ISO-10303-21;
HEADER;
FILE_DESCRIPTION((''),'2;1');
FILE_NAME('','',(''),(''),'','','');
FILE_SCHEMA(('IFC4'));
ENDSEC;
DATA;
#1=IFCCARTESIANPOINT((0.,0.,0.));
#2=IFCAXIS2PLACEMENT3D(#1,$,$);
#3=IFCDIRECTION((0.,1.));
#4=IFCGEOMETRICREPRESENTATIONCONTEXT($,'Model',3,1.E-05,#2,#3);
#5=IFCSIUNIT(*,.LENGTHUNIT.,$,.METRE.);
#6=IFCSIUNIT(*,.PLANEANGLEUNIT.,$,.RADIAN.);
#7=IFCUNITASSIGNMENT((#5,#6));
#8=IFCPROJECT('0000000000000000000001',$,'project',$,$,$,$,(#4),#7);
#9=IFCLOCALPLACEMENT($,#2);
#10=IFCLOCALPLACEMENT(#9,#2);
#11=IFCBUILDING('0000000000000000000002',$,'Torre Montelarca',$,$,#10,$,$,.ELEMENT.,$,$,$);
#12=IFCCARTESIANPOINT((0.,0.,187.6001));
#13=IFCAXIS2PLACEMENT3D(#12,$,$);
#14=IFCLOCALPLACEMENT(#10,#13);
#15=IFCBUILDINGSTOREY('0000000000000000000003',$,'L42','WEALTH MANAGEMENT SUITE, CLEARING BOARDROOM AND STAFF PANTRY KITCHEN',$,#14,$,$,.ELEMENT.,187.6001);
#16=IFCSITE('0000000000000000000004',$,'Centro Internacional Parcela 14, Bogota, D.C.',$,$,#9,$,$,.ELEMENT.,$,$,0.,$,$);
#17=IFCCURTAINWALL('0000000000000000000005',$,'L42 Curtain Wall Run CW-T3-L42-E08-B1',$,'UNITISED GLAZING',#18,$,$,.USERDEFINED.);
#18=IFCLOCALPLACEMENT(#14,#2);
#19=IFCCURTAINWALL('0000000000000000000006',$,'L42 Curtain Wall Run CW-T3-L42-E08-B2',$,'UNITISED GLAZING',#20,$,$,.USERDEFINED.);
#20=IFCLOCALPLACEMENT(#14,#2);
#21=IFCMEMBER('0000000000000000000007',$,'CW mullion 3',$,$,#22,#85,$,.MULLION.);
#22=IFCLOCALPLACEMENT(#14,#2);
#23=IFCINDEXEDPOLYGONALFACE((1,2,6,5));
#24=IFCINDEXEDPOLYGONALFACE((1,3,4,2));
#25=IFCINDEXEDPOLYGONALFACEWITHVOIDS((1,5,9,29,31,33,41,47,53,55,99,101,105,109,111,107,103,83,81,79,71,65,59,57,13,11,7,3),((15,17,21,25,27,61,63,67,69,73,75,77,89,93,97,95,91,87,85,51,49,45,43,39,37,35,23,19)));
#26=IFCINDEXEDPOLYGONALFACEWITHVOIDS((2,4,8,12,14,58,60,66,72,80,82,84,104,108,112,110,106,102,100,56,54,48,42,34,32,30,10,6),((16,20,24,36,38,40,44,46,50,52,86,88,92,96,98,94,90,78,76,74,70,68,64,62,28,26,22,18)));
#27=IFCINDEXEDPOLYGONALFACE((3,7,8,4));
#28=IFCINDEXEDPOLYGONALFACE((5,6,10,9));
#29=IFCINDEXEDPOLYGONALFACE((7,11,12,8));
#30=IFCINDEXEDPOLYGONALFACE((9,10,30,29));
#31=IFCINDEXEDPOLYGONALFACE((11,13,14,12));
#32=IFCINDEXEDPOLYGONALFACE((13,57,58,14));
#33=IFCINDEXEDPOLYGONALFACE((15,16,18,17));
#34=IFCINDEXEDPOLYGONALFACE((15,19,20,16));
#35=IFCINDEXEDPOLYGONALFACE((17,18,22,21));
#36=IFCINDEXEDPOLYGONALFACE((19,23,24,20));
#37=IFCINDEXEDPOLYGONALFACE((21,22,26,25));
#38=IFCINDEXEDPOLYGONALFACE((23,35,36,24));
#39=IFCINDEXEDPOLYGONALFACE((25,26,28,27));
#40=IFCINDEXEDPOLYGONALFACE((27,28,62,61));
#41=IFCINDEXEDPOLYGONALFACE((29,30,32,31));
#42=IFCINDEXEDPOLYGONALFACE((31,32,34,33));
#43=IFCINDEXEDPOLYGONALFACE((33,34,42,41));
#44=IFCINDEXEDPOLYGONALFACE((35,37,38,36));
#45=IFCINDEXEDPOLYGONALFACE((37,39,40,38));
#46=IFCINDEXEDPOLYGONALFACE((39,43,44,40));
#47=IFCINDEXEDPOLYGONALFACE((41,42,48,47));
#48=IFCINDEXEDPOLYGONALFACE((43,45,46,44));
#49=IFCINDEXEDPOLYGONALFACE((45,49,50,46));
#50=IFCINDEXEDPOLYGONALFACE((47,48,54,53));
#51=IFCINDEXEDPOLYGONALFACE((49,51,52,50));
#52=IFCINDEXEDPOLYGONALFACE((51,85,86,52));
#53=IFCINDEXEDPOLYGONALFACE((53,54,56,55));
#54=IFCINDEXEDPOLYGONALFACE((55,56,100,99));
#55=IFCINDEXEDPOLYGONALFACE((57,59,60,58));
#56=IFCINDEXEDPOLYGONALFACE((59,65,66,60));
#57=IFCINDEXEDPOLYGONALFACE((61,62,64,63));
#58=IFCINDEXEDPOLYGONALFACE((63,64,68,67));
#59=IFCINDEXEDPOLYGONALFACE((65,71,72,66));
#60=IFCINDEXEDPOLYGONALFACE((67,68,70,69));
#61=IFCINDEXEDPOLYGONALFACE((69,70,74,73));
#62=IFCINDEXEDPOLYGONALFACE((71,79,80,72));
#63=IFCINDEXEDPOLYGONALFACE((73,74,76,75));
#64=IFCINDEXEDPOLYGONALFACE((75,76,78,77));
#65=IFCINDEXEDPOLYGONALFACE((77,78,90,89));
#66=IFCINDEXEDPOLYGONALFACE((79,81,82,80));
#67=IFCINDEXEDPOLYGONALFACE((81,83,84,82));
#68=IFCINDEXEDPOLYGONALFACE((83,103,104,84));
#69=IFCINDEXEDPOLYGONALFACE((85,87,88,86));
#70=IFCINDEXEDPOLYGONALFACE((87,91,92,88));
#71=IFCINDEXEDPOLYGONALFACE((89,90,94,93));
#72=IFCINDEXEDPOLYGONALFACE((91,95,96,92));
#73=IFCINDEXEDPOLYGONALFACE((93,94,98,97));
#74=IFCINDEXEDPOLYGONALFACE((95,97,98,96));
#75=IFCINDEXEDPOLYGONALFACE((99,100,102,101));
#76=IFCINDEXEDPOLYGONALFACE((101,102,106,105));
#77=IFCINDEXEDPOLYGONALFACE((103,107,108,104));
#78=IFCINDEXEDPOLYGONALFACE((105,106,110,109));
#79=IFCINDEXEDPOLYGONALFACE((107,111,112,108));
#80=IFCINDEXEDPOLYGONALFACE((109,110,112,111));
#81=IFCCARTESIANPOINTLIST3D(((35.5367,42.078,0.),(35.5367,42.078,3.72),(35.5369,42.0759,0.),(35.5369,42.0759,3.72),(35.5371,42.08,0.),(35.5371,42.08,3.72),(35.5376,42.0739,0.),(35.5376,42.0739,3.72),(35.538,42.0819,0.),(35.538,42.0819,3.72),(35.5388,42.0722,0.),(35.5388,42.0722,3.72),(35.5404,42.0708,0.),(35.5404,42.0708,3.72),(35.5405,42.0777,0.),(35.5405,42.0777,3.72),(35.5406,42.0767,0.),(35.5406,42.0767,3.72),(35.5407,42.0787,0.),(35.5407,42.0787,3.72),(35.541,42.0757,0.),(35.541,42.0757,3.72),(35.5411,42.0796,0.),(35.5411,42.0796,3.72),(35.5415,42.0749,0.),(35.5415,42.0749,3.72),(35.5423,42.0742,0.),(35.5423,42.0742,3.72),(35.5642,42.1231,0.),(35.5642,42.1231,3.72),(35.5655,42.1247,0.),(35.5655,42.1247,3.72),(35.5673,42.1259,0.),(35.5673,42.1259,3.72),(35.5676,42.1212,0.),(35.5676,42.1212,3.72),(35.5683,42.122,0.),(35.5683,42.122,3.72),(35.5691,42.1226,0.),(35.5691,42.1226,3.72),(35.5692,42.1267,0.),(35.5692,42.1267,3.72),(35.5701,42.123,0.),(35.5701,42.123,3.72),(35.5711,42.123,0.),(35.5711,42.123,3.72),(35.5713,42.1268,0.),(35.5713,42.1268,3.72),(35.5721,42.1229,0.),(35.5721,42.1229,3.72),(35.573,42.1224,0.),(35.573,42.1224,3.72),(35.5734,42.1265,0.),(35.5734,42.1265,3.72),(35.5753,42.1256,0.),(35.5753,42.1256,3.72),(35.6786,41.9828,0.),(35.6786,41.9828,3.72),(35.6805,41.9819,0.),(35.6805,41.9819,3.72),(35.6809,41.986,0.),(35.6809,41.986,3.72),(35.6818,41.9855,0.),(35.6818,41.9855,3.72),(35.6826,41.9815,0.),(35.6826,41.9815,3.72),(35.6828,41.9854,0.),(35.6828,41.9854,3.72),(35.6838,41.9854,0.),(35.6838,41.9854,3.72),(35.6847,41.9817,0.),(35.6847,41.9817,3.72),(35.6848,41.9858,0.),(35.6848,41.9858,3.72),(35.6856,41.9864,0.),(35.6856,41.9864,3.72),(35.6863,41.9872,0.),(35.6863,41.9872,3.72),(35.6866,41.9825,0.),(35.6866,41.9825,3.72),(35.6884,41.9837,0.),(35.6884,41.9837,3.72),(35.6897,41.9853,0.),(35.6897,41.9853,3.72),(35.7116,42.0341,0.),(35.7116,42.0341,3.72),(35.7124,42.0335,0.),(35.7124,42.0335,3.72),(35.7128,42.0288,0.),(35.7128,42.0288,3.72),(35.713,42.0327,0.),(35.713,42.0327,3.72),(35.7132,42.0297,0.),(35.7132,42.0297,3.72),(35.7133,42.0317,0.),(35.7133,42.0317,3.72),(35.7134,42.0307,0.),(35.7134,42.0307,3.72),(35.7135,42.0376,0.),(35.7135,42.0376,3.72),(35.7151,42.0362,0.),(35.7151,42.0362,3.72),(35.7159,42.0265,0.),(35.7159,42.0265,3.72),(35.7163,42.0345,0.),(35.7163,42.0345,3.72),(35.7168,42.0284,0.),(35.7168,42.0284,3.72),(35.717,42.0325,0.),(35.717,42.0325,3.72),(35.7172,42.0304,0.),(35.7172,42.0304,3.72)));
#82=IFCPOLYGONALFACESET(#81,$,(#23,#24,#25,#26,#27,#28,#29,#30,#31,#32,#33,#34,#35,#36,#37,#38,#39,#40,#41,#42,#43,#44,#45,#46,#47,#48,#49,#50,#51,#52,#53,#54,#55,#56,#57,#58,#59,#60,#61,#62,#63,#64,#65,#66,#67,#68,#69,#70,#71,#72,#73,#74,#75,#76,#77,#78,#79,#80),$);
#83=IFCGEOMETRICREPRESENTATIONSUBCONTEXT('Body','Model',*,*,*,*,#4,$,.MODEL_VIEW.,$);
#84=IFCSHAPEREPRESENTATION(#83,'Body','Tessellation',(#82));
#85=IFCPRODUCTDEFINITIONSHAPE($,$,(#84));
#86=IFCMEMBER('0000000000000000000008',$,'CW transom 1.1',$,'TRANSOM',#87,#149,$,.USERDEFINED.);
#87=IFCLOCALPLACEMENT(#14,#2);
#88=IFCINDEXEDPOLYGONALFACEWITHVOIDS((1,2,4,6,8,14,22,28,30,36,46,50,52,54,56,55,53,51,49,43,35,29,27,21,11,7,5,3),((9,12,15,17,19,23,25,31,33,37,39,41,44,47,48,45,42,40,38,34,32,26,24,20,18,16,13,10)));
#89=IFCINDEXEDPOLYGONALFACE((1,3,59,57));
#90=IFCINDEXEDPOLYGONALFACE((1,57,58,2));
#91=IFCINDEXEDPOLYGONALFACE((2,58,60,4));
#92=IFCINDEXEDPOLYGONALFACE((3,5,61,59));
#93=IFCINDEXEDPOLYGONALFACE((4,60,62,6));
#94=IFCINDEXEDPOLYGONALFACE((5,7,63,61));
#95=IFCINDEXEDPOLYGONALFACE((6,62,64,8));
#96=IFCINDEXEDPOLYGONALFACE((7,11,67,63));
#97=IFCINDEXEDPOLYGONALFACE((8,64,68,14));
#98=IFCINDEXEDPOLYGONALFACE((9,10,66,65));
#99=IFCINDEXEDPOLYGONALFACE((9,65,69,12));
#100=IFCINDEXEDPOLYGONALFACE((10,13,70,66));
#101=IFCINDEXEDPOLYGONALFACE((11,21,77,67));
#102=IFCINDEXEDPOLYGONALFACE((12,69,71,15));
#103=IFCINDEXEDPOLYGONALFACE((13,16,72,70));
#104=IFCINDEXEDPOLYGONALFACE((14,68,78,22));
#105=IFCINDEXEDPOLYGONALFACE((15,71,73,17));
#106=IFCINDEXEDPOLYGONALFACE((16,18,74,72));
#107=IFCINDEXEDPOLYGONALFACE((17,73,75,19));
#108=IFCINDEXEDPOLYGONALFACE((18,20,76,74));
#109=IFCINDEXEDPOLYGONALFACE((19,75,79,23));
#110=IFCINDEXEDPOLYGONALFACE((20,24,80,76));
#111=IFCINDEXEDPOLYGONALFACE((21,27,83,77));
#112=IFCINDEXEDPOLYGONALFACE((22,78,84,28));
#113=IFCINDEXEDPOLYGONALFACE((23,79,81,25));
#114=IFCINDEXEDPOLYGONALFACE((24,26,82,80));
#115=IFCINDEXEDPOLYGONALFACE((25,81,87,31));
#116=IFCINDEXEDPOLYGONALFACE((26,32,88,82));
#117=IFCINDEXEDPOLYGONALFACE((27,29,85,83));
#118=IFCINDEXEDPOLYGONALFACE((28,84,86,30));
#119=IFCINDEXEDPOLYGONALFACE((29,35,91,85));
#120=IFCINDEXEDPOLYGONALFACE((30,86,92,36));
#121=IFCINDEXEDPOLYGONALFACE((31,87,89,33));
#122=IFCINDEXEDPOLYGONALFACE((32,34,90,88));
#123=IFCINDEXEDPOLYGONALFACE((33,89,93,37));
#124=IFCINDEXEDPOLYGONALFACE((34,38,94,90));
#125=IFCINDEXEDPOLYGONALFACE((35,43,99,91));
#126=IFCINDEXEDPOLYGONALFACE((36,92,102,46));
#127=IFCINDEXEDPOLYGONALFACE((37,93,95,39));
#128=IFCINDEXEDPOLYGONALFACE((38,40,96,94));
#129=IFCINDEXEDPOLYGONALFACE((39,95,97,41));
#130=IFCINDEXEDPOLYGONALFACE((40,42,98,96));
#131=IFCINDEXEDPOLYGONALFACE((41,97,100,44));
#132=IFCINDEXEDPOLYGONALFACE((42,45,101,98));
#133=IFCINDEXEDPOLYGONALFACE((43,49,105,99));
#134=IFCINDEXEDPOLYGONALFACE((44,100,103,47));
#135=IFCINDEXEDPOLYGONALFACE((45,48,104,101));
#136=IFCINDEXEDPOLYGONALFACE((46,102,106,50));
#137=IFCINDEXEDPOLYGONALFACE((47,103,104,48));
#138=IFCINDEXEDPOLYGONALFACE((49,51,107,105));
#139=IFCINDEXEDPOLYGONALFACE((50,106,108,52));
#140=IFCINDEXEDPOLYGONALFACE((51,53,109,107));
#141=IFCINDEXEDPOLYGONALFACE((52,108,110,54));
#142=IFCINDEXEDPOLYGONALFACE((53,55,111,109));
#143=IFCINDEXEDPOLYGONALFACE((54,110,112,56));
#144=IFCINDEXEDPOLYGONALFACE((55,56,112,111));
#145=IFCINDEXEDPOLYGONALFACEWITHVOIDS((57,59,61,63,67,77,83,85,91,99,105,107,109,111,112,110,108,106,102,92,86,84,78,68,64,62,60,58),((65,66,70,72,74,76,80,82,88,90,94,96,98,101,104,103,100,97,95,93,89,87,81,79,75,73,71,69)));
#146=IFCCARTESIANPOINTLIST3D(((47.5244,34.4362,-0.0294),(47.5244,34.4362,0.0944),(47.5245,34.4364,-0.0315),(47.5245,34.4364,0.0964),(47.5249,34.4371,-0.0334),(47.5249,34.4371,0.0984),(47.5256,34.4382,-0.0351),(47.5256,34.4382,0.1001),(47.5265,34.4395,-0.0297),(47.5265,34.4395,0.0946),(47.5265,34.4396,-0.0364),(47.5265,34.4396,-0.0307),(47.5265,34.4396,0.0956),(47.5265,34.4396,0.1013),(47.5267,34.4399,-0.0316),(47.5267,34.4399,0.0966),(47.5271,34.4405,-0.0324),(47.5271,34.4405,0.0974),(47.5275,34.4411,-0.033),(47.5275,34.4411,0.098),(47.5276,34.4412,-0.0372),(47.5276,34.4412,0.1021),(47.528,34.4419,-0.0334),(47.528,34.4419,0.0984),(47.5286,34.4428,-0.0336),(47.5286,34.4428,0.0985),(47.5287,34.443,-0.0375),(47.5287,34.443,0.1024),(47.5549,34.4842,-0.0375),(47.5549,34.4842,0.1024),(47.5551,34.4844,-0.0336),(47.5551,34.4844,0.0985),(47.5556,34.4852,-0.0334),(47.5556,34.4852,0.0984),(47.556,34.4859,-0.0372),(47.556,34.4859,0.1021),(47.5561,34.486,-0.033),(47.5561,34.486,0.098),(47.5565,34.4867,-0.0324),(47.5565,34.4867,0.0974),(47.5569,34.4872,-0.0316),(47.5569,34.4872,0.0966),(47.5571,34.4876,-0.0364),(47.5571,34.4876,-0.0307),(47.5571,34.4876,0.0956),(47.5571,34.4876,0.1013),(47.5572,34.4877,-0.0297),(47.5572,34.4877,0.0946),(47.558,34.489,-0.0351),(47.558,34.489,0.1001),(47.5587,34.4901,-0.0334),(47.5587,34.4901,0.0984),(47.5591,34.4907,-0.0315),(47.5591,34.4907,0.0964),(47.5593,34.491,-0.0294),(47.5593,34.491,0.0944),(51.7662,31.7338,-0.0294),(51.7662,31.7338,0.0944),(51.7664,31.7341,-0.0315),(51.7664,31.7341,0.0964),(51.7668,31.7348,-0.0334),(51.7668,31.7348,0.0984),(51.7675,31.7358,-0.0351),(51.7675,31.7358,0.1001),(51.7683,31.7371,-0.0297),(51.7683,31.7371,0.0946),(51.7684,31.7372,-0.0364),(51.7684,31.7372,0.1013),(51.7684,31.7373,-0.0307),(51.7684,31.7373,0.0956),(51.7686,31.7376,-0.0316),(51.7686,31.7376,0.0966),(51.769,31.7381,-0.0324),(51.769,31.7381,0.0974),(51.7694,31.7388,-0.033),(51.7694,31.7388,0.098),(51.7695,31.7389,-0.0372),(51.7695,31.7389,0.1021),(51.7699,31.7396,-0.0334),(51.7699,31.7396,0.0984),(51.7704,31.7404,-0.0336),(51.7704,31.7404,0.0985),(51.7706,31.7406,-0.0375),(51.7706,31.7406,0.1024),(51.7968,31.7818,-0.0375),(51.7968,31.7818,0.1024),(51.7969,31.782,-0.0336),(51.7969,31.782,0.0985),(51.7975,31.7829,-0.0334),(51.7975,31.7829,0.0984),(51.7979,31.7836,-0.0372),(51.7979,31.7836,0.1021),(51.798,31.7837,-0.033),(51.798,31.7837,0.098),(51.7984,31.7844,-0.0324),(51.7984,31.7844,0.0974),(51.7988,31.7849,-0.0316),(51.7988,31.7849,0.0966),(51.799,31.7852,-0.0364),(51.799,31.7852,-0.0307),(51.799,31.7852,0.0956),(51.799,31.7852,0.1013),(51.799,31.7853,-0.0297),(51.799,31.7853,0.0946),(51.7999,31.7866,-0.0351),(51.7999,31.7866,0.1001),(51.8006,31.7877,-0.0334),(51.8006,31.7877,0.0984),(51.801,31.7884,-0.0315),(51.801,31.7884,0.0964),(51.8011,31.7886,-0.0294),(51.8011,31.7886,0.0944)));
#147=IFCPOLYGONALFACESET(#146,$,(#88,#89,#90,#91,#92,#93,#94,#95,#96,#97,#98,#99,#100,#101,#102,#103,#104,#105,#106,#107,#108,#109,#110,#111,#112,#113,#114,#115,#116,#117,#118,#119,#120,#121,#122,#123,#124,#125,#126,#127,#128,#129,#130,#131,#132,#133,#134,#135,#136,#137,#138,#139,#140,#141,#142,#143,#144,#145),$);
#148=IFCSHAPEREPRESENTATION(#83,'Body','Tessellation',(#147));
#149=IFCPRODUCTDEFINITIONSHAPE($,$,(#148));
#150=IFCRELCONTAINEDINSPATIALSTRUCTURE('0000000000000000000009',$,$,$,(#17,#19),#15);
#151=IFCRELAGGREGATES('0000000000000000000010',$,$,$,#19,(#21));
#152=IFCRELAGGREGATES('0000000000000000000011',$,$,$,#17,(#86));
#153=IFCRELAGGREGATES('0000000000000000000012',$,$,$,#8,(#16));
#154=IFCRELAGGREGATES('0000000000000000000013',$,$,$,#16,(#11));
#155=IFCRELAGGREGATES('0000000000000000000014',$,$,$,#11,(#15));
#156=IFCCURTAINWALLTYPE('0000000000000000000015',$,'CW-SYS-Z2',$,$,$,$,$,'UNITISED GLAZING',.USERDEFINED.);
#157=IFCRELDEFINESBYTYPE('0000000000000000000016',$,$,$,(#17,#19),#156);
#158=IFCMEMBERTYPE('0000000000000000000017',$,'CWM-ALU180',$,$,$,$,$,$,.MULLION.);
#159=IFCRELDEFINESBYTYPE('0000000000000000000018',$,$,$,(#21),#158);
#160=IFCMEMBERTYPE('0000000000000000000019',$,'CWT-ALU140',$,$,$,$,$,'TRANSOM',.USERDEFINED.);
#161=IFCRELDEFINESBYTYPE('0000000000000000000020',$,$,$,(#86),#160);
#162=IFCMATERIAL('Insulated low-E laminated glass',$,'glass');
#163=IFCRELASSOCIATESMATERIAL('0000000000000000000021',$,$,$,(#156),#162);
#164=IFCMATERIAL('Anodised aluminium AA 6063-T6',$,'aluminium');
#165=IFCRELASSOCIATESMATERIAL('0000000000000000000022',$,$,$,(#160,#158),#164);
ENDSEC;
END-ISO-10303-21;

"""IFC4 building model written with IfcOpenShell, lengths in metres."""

from ifc_helpers import new_model, si_unit, direction, frame, origin, origin_2d, place, context, subcontext, project, spatial, hollow_rectangle, extrude, source, transform, mapped, material, material_profile, profile_set, type_object, element, aggregate, save


model = new_model("IFC4")

# Units and contexts
model_context = context("Model", 3, precision=1e-05, world=origin(), true_north=direction((0.0, 1.0)))
body_context = subcontext(model_context, "Body", "Model", "MODEL_VIEW")
ifc_project = project(units=[si_unit("LENGTHUNIT", "METRE"), si_unit("PLANEANGLEUNIT", "RADIAN")], contexts=[model_context])

# Site, building, storey
site_placement = place(None, origin())
site = spatial("IfcSite", under=ifc_project, at=site_placement, Name="Centro Internacional Parcela 14, Bogota, D.C.", CompositionType="ELEMENT", RefElevation=0.0)
building_placement = place(site_placement, origin())
building = spatial("IfcBuilding", under=site, at=building_placement, Name="Torre Montelarca", CompositionType="ELEMENT")
storey_placement = place(building_placement, frame((0.0, 0.0, 187.6001)))
storey = spatial("IfcBuildingStorey", under=building, at=storey_placement, Name="L42", Description="WEALTH MANAGEMENT SUITE, CLEARING BOARDROOM AND STAFF PANTRY KITCHEN", CompositionType="ELEMENT", Elevation=187.6001)

# Curtain walls, member
ifc_material_1 = material(Name="Insulated low-E laminated glass", Category="glass")
curtain_wall_type = type_object("IfcCurtainWallType", Name="CW-SYS-Z2", ElementType="UNITISED GLAZING", PredefinedType="USERDEFINED", material=ifc_material_1)
ifc_material_2 = material(Name="Anodised aluminium AA 6063-T6", Category="aluminium")
ifc_material_profile_1 = material_profile(ifc_material_2, hollow_rectangle(XDim=0.0649, YDim=0.1399, WallThickness=0.0039, InnerFilletRadius=0.0039, OuterFilletRadius=0.0081, at=origin_2d()), Name="ALU65X140X4", Category="aluminium")
ifc_profile_set_1 = profile_set([ifc_material_profile_1], Name="Anodised aluminium AA 6063-T6")
member_type_1 = type_object("IfcMemberType", Name="CWT-ALU140", ElementType="TRANSOM", PredefinedType="USERDEFINED", material=ifc_profile_set_1)
ifc_material_profile_2 = material_profile(ifc_material_2, hollow_rectangle(XDim=0.0649, YDim=0.1799, WallThickness=0.0039, InnerFilletRadius=0.0039, OuterFilletRadius=0.0081, at=origin_2d()), Name="ALU65X180X4", Category="aluminium")
ifc_profile_set_2 = profile_set([ifc_material_profile_2], Name="Anodised aluminium AA 6063-T6")
member_type_2 = type_object("IfcMemberType", Name="CWM-ALU180", PredefinedType="MULLION", material=ifc_profile_set_2)
shared_shape_1 = source(origin(), body_context, "Body", "SweptSolid", [
    extrude(hollow_rectangle(XDim=0.0649, YDim=0.1799, WallThickness=0.0039, InnerFilletRadius=0.0039, OuterFilletRadius=0.0081, at=origin_2d()), origin(), (0.0, 0.0, 1.0), 3.72),
])
curtain_wall_1_placement = place(storey_placement, origin())
curtain_wall_1 = element("IfcCurtainWall", 1, at=curtain_wall_1_placement, inside=storey, type_object=curtain_wall_type, Name="L42 Curtain Wall Run CW-T3-L42-E08-B1", ObjectType="UNITISED GLAZING", PredefinedType="USERDEFINED")
curtain_wall_2_placement = place(storey_placement, origin())
curtain_wall_2 = element("IfcCurtainWall", 2, at=curtain_wall_2_placement, inside=storey, type_object=curtain_wall_type, Name="L42 Curtain Wall Run CW-T3-L42-E08-B2", ObjectType="UNITISED GLAZING", PredefinedType="USERDEFINED")
member_1_placement = place(storey_placement, frame((35.627, 42.0542, 0.0), z_axis=(0.0, 0.0, 1.0), x_axis=(-0.537299, -0.843392, 0.0)))
member_1 = element("IfcMember", 3, at=member_1_placement, type_object=member_type_2, Name="CW mullion 3", PredefinedType="MULLION", context=body_context, shape_type="MappedRepresentation", body=[
    mapped(shared_shape_1, transform((0.0, 0.0, 0.0), scale=1.0)),
])

# Member
shared_shape_2 = source(origin(), body_context, "Body", "SweptSolid", [
    extrude(hollow_rectangle(XDim=0.0649, YDim=0.1399, WallThickness=0.0039, InnerFilletRadius=0.0039, OuterFilletRadius=0.0081, at=origin_2d()), origin(), (0.0, 0.0, 1.0), 5.0295),
])
member_2_placement = place(storey_placement, frame((51.7837, 31.7612, 0.0325), z_axis=(-0.843394, 0.537296, 0.0), x_axis=(-0.537296, -0.843394, 0.0)))
member_2 = element("IfcMember", 4, at=member_2_placement, type_object=member_type_1, Name="CW transom 1.1", ObjectType="TRANSOM", PredefinedType="USERDEFINED", context=body_context, shape_type="MappedRepresentation", body=[
    mapped(shared_shape_2, transform((0.0, 0.0, 0.0), scale=1.0)),
])

aggregate(curtain_wall_2, [member_1])
aggregate(curtain_wall_1, [member_2])

save(model, "model.ifc")
